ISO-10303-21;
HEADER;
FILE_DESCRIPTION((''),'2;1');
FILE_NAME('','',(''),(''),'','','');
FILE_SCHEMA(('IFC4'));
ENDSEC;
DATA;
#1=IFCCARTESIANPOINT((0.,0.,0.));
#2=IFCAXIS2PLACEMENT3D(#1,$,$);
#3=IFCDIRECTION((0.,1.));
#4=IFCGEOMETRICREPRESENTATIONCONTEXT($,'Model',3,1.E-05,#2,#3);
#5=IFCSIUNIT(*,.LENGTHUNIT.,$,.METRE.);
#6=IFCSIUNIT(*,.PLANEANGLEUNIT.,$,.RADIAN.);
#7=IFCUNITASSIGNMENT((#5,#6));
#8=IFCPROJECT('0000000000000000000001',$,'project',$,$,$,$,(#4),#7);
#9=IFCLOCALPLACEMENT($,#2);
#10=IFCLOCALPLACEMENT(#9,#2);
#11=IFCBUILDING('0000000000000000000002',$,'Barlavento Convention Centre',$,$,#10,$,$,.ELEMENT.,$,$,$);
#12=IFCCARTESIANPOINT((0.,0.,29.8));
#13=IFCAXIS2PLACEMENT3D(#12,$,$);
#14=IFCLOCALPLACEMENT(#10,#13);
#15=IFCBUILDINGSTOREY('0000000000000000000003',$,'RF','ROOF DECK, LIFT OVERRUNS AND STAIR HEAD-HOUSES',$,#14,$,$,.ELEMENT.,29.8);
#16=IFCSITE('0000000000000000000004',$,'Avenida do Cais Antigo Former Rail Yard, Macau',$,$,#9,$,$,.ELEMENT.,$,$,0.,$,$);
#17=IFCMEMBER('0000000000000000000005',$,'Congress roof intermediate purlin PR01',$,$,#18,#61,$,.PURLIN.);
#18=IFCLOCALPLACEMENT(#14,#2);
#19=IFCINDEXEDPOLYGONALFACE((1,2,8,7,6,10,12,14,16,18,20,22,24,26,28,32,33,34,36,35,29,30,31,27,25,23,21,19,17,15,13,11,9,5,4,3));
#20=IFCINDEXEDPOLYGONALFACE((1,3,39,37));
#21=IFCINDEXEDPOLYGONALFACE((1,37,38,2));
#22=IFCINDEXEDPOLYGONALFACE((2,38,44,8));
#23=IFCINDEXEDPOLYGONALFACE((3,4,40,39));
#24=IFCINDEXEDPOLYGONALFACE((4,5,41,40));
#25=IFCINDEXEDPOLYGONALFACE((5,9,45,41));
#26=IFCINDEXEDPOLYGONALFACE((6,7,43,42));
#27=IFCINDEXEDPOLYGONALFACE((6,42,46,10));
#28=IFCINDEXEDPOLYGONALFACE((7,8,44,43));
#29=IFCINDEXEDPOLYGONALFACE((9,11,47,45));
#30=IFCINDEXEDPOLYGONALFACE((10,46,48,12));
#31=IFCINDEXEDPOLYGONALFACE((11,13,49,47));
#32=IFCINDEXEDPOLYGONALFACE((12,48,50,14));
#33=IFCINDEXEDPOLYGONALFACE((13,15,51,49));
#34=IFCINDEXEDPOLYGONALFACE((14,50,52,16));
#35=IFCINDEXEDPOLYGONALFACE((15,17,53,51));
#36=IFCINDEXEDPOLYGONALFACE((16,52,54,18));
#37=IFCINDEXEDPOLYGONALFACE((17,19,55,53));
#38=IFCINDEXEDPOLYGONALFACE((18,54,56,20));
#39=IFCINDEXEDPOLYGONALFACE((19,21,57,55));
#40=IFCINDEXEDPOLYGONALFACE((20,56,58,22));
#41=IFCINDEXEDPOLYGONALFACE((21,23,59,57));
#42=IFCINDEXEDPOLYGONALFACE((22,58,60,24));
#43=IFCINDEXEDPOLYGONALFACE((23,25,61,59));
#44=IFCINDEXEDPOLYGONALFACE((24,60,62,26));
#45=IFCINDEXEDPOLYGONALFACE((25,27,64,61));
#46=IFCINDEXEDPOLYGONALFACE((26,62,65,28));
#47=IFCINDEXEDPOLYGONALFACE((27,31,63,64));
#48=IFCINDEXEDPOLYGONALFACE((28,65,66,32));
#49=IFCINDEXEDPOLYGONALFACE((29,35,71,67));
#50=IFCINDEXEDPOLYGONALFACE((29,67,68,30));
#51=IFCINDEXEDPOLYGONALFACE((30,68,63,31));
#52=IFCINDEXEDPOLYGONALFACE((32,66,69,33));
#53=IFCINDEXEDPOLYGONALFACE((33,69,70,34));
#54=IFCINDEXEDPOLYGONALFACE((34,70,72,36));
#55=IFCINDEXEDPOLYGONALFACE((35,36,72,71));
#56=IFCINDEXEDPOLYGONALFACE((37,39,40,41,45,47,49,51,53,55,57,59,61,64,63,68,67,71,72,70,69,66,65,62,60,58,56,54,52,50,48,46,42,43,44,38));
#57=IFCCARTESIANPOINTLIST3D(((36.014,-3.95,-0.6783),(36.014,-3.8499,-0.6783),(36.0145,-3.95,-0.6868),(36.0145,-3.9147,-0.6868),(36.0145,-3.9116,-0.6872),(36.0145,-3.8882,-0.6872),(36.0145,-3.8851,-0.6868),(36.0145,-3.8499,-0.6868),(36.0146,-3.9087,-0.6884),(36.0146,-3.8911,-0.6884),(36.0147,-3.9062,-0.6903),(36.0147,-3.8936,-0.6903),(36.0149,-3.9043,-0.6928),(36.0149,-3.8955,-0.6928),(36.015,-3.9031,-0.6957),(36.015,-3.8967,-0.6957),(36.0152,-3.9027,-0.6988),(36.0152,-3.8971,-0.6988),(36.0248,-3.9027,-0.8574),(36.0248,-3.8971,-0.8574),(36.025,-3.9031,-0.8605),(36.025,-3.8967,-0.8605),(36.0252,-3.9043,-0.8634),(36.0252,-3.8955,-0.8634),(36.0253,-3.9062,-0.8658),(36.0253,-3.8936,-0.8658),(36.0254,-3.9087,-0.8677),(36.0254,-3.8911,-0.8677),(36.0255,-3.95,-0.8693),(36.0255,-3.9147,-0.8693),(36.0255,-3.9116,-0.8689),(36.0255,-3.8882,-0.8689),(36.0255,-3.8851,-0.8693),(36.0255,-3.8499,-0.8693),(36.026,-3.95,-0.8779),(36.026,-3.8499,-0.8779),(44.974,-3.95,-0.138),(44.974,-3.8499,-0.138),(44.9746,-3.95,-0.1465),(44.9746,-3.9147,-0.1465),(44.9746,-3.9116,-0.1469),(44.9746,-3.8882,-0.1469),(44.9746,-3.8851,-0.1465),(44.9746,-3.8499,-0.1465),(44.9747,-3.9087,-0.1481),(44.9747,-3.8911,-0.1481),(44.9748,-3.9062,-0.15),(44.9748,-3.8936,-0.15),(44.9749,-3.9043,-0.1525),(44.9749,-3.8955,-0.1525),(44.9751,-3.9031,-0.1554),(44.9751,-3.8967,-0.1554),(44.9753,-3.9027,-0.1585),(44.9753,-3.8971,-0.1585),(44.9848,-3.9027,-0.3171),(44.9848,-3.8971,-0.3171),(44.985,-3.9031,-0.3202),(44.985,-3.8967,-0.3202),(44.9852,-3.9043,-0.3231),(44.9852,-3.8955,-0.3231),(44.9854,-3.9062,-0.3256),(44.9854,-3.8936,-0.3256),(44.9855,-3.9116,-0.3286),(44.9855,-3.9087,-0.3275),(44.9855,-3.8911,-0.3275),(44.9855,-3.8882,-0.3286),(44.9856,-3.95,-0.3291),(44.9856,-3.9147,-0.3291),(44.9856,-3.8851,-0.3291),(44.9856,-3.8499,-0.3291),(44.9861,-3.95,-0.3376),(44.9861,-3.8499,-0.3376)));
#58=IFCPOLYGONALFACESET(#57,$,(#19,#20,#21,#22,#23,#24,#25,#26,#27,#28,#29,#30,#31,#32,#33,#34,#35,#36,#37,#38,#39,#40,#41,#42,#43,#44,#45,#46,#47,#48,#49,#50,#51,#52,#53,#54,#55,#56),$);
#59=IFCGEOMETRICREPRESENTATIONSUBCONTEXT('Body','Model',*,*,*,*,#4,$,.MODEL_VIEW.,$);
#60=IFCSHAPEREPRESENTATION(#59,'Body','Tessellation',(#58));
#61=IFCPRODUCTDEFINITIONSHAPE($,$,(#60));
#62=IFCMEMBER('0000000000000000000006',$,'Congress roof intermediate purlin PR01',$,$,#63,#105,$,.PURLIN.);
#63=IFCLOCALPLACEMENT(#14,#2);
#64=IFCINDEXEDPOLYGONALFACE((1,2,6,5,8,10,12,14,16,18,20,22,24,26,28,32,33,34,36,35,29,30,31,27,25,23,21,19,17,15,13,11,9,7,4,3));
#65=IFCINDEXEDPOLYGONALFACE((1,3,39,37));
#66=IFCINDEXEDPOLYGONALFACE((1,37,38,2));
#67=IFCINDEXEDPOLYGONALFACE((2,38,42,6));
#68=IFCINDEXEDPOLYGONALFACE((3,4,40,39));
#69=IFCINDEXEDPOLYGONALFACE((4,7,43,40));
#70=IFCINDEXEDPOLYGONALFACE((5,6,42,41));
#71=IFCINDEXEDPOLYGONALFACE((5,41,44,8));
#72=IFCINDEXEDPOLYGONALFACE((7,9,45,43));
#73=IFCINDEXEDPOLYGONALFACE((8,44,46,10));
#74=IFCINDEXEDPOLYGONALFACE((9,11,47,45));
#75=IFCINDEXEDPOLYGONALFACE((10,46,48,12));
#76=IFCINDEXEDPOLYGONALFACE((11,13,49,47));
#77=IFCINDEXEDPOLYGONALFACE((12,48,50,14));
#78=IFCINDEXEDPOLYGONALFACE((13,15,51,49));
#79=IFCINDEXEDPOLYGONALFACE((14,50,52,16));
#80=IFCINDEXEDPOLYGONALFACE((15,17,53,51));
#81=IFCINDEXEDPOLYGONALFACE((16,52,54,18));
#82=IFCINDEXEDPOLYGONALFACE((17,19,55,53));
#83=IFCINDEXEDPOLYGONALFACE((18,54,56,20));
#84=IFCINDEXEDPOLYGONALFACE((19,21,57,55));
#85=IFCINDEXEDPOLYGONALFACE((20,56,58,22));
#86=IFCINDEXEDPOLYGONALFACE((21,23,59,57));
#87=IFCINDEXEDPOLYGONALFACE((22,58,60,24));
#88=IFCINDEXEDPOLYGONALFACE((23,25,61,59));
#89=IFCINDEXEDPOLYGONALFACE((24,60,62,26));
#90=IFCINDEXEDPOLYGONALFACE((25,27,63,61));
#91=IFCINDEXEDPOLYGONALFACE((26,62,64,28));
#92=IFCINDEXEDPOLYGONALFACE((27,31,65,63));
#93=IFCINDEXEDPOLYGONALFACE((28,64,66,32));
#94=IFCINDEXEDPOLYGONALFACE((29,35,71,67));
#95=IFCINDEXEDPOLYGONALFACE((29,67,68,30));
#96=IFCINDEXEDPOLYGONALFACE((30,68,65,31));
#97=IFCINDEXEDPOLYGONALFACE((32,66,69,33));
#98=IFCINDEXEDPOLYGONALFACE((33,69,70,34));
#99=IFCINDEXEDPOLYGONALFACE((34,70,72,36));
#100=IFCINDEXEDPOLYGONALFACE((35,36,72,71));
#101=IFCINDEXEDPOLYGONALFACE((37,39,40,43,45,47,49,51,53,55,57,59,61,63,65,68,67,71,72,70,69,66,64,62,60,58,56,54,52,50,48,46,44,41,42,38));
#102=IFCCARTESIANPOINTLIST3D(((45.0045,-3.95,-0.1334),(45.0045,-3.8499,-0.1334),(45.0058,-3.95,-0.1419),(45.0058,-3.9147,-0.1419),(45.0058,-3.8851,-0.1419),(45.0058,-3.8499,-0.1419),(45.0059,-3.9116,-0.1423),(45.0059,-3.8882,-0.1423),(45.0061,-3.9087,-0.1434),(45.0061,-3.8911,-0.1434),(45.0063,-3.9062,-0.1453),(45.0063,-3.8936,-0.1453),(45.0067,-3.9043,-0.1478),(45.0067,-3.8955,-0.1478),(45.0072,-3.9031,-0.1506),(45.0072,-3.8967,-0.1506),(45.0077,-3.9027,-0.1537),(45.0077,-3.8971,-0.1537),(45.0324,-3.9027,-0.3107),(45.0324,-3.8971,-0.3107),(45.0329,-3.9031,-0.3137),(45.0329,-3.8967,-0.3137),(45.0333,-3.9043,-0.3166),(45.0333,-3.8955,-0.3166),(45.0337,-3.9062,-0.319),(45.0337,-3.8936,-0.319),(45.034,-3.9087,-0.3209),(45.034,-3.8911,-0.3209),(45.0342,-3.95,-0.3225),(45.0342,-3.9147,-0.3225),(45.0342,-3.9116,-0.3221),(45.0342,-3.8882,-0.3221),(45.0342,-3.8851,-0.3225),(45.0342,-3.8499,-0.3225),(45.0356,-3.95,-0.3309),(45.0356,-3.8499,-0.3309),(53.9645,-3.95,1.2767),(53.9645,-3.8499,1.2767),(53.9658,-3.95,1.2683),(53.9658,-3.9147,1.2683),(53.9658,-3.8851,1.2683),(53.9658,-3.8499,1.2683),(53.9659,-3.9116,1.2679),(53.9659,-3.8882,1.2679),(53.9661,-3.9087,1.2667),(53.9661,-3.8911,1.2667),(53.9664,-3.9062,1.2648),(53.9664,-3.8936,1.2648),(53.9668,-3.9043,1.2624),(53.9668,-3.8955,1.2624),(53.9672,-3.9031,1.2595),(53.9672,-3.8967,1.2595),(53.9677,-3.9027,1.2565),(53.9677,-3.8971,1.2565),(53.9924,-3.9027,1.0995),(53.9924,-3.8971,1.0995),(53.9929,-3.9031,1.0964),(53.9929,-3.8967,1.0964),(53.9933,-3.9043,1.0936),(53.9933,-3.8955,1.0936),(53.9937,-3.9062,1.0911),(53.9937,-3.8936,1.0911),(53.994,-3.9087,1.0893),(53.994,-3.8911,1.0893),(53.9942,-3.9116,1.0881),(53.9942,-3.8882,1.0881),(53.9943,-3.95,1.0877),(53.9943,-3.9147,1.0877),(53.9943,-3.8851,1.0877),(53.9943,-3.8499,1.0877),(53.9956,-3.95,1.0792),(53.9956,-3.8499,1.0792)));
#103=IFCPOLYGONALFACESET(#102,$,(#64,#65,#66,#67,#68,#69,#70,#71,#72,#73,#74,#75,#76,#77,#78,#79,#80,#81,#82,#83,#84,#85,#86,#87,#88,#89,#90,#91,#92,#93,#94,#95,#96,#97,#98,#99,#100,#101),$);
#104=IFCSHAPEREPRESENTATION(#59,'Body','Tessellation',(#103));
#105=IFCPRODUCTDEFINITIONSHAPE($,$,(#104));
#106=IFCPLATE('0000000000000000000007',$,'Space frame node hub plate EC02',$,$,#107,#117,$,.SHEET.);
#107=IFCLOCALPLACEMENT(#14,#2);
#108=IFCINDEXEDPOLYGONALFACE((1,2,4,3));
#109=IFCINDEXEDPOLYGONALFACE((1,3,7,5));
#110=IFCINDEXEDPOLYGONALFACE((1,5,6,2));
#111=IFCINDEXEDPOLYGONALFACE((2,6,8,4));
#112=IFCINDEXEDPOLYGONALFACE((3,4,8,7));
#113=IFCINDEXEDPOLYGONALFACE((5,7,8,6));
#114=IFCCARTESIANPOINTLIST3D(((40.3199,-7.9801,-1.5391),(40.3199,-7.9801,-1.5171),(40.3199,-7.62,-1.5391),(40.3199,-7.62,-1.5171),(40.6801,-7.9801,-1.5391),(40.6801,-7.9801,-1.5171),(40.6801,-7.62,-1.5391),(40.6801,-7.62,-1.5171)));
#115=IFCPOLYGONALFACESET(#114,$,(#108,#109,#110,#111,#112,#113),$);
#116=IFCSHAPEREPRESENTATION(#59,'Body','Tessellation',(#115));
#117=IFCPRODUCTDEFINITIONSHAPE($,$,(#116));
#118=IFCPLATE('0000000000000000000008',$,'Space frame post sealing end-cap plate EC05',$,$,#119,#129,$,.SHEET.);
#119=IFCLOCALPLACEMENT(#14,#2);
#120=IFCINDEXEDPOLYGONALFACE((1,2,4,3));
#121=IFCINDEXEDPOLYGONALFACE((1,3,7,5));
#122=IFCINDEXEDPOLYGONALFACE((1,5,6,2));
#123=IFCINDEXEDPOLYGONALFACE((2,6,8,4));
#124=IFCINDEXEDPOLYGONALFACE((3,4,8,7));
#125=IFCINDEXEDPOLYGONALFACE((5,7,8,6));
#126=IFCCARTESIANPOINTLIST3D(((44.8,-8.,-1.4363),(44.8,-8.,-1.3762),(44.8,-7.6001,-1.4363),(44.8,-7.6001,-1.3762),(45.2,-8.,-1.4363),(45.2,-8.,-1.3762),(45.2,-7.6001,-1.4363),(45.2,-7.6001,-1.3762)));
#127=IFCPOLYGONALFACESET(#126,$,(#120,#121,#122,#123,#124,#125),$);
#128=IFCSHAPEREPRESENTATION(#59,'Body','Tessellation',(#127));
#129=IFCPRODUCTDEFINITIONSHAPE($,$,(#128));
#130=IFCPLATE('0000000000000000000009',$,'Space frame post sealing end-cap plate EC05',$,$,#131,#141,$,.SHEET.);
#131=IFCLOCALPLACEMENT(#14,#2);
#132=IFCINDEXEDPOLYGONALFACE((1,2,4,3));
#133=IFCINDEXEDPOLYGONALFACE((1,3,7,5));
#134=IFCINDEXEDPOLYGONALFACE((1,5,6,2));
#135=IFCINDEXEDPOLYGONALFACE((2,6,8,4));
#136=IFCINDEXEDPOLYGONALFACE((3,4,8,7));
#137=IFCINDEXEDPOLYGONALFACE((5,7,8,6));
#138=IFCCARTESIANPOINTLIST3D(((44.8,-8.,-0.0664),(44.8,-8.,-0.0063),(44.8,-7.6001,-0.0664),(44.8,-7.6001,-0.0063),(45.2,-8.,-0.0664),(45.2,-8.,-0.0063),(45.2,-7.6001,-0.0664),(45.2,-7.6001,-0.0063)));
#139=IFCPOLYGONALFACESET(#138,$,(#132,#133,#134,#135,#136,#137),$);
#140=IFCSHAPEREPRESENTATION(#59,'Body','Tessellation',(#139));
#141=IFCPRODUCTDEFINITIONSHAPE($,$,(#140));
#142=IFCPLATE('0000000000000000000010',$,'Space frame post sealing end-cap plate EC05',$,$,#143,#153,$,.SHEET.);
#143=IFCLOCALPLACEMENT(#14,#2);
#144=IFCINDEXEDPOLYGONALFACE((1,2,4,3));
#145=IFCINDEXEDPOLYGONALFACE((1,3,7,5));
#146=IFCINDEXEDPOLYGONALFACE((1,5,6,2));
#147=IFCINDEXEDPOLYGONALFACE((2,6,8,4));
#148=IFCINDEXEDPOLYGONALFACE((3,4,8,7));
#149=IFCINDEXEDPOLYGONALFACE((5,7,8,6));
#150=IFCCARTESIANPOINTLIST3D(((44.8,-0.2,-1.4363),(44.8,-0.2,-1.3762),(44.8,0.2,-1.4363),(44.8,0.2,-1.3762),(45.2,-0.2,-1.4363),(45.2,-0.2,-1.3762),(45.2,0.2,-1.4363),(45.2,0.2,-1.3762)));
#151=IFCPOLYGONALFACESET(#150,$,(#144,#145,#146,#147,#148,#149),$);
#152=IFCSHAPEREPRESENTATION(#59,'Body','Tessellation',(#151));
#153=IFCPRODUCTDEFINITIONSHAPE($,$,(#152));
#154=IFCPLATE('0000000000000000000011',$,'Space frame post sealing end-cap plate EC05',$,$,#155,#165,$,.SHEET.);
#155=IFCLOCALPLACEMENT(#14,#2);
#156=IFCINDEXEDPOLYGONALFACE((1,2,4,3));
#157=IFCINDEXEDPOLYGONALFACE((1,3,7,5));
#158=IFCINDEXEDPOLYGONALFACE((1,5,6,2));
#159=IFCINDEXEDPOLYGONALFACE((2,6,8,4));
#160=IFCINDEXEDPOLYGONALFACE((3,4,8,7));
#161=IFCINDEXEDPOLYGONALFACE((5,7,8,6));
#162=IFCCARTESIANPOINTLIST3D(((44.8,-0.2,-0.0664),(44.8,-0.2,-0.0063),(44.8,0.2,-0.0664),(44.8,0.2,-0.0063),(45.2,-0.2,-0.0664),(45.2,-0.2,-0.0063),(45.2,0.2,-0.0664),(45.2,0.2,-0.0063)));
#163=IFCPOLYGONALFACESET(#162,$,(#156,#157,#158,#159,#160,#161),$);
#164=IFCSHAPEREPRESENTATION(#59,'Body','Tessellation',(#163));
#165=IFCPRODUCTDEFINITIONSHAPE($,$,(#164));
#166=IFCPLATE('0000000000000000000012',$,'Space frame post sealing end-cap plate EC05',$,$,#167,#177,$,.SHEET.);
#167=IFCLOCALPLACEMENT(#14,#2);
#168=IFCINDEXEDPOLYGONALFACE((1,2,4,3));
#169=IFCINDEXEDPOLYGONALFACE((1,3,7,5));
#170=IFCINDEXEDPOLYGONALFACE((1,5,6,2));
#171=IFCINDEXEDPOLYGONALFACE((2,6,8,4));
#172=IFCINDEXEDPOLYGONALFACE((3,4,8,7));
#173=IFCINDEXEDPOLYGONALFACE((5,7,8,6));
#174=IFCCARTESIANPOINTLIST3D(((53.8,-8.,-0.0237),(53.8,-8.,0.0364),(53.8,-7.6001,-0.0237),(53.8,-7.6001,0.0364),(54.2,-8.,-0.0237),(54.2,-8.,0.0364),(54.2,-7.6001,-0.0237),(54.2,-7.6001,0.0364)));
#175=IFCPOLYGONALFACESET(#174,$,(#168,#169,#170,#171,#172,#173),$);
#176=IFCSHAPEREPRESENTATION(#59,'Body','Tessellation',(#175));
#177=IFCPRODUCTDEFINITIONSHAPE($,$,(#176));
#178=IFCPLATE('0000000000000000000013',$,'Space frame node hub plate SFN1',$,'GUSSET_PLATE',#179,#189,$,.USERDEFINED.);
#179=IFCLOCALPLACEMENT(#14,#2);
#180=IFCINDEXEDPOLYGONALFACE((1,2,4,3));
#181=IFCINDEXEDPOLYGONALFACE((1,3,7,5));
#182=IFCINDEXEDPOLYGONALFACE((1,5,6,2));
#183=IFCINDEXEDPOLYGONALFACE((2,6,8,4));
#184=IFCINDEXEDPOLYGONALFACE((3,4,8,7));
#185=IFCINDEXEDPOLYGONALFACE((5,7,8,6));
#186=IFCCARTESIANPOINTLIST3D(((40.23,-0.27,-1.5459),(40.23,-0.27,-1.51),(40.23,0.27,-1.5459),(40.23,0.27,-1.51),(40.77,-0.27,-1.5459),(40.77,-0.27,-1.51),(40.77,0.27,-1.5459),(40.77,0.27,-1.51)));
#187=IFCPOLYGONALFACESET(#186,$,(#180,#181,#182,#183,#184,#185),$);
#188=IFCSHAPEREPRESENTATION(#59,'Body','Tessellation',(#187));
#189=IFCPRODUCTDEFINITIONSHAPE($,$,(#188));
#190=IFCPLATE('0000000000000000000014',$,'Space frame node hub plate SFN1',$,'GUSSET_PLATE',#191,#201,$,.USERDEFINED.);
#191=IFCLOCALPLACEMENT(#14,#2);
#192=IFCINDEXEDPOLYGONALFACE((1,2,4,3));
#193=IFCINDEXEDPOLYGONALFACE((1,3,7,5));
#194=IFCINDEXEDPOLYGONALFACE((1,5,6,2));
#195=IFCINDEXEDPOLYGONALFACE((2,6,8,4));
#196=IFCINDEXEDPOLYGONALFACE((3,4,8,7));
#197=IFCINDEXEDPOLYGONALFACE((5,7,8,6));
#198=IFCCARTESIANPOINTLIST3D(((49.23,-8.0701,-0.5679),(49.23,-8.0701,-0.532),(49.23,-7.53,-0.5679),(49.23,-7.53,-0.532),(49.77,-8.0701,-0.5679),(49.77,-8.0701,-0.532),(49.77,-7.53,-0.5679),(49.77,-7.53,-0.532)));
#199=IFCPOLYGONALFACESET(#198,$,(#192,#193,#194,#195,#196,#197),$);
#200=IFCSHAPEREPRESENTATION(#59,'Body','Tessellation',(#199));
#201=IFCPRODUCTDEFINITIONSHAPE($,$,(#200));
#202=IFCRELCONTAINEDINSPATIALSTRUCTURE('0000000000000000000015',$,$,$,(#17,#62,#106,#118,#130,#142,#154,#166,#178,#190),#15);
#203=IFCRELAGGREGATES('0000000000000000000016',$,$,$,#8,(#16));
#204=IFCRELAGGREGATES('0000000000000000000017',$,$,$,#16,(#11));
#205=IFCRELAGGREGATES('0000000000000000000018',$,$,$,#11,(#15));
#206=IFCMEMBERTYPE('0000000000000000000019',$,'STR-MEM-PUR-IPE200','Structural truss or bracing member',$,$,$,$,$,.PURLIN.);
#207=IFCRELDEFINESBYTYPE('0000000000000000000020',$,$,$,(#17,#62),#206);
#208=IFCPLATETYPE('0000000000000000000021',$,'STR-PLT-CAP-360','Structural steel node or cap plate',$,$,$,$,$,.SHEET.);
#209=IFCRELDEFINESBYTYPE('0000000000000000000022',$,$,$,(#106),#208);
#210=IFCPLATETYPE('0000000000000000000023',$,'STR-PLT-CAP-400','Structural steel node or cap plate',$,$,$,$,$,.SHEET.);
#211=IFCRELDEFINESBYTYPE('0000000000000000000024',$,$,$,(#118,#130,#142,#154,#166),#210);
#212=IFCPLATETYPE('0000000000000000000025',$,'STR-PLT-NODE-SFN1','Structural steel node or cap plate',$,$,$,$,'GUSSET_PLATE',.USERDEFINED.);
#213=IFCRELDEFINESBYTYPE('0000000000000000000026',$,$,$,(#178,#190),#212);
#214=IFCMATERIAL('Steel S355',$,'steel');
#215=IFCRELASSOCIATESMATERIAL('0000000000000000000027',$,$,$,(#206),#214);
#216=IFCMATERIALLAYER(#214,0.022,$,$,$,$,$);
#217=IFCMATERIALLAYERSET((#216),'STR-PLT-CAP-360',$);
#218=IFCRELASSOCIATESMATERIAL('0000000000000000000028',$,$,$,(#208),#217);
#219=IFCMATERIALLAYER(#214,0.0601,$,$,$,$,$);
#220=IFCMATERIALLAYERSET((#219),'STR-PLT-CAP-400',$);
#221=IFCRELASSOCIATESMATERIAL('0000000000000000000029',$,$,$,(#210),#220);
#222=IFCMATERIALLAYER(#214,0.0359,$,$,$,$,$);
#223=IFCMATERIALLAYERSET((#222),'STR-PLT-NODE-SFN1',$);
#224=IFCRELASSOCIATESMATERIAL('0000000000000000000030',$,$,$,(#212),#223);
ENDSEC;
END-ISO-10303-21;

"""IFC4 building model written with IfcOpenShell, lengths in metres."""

from ifc_helpers import new_model, si_unit, direction, frame, origin, origin_2d, place, context, subcontext, project, spatial, rectangle, i_section, extrude, material, layer, layer_set, material_profile, profile_set, type_object, element, save


model = new_model("IFC4")

# Units and contexts
model_context = context("Model", 3, precision=1e-05, world=origin(), true_north=direction((0.0, 1.0)))
body_context = subcontext(model_context, "Body", "Model", "MODEL_VIEW")
ifc_project = project(units=[si_unit("LENGTHUNIT", "METRE"), si_unit("PLANEANGLEUNIT", "RADIAN")], contexts=[model_context])

# Site, building, storey
site_placement = place(None, origin())
site = spatial("IfcSite", under=ifc_project, at=site_placement, Name="Avenida do Cais Antigo Former Rail Yard, Macau", CompositionType="ELEMENT", RefElevation=0.0)
building_placement = place(site_placement, origin())
building = spatial("IfcBuilding", under=site, at=building_placement, Name="Barlavento Convention Centre", CompositionType="ELEMENT")
storey_placement = place(building_placement, frame((0.0, 0.0, 29.8)))
storey = spatial("IfcBuildingStorey", under=building, at=storey_placement, Name="RF", Description="ROOF DECK, LIFT OVERRUNS AND STAIR HEAD-HOUSES", CompositionType="ELEMENT", Elevation=29.8)

# Shared definitions
ifc_material_1 = material(Name="Steel S355", Category="steel")

# Members
ifc_material_profile_1 = material_profile(ifc_material_1, i_section(OverallWidth=0.1001, OverallDepth=0.2, WebThickness=0.0056, FlangeThickness=0.0085, FilletRadius=0.012, at=origin_2d()), Name="IPE 200")
ifc_profile_set_1 = profile_set([ifc_material_profile_1], Name="Steel S355")
member_type_1 = type_object("IfcMemberType", Name="STR-MEM-PUR-IPE200", Description="Structural truss or bracing member", PredefinedType="PURLIN", material=ifc_profile_set_1)
member_1_placement = place(storey_placement, frame((36.02, -3.8999, -0.7781), z_axis=(0.998187, 0.0, 0.06019), x_axis=(0.0, 1.0, 0.0)))
element("IfcMember", 1, at=member_1_placement, inside=storey, type_object=member_type_1, Name="Congress roof intermediate purlin PR01", PredefinedType="PURLIN", context=body_context, shape_type="SweptSolid", body=[
    extrude(i_section(OverallWidth=0.1001, OverallDepth=0.2, WebThickness=0.0056, FlangeThickness=0.0085, FilletRadius=0.012, at=origin_2d()), origin(), (0.0, 0.0, 1.0), 8.9763),
])
member_2_placement = place(storey_placement, frame((45.02, -3.8999, -0.2322), z_axis=(0.987841, 0.0, 0.15547), x_axis=(0.0, 1.0, 0.0)))
element("IfcMember", 2, at=member_2_placement, inside=storey, type_object=member_type_1, Name="Congress roof intermediate purlin PR01", PredefinedType="PURLIN", context=body_context, shape_type="SweptSolid", body=[
    extrude(i_section(OverallWidth=0.1001, OverallDepth=0.2, WebThickness=0.0056, FlangeThickness=0.0085, FilletRadius=0.012, at=origin_2d()), origin(), (0.0, 0.0, 1.0), 9.0703),
])

# Plates
ifc_layer_1 = layer(ifc_material_1, 0.022)
ifc_layer_set_1 = layer_set([ifc_layer_1], Name="STR-PLT-CAP-360")
plate_type_1 = type_object("IfcPlateType", Name="STR-PLT-CAP-360", Description="Structural steel node or cap plate", PredefinedType="SHEET", material=ifc_layer_set_1)
plate_1_placement = place(storey_placement, frame((40.5, -7.8, -1.5391), z_axis=(0.0, 0.0, 1.0), x_axis=(1.0, 0.0, 0.0)))
element("IfcPlate", 3, at=plate_1_placement, inside=storey, type_object=plate_type_1, Name="Space frame node hub plate EC02", PredefinedType="SHEET", context=body_context, shape_type="SweptSolid", body=[
    extrude(rectangle(XDim=0.3601, YDim=0.3601, at=origin_2d()), origin(), (0.0, 0.0, 1.0), 0.022),
])
ifc_layer_2 = layer(ifc_material_1, 0.0601)
ifc_layer_set_2 = layer_set([ifc_layer_2], Name="STR-PLT-CAP-400")
plate_type_2 = type_object("IfcPlateType", Name="STR-PLT-CAP-400", Description="Structural steel node or cap plate", PredefinedType="SHEET", material=ifc_layer_set_2)
for number, where, z_axis, x_axis, name in (
    (4, (45.0, -7.8, -1.4363), (0.0, 0.0, 1.0), (1.0, 0.0, 0.0), "Space frame post sealing end-cap plate EC05"),
    (5, (45.0, -7.8, -0.0664), (0.0, 0.0, 1.0), (1.0, 0.0, 0.0), "Space frame post sealing end-cap plate EC05"),
    (6, (45.0, 0.0, -1.4363), (0.0, 0.0, 1.0), (1.0, 0.0, 0.0), "Space frame post sealing end-cap plate EC05"),
    (7, (45.0, 0.0, -0.0664), (0.0, 0.0, 1.0), (1.0, 0.0, 0.0), "Space frame post sealing end-cap plate EC05"),
    (8, (54.0, -7.8, -0.0237), (0.0, 0.0, 1.0), (1.0, 0.0, 0.0), "Space frame post sealing end-cap plate EC05"),
):
    element("IfcPlate", number, at=place(storey_placement, frame(where, z_axis=z_axis, x_axis=x_axis)), inside=storey, type_object=plate_type_2, Name=name, PredefinedType="SHEET", context=body_context, shape_type="SweptSolid", body=[
        extrude(rectangle(XDim=0.3999, YDim=0.3999, at=origin_2d()), origin(), (0.0, 0.0, 1.0), 0.0601),
    ])
ifc_layer_3 = layer(ifc_material_1, 0.0359)
ifc_layer_set_3 = layer_set([ifc_layer_3], Name="STR-PLT-NODE-SFN1")
plate_type_3 = type_object("IfcPlateType", Name="STR-PLT-NODE-SFN1", Description="Structural steel node or cap plate", ElementType="GUSSET_PLATE", PredefinedType="USERDEFINED", material=ifc_layer_set_3)
for number, where, z_axis, x_axis, name in (
    (9, (40.5, 0.0, -1.5459), (0.0, 0.0, 1.0), (1.0, 0.0, 0.0), "Space frame node hub plate SFN1"),
    (10, (49.5, -7.8, -0.5679), (0.0, 0.0, 1.0), (1.0, 0.0, 0.0), "Space frame node hub plate SFN1"),
):
    element("IfcPlate", number, at=place(storey_placement, frame(where, z_axis=z_axis, x_axis=x_axis)), inside=storey, type_object=plate_type_3, Name=name, ObjectType="GUSSET_PLATE", PredefinedType="USERDEFINED", context=body_context, shape_type="SweptSolid", body=[
        extrude(rectangle(XDim=0.54, YDim=0.54, at=origin_2d()), origin(), (0.0, 0.0, 1.0), 0.0359),
    ])

save(model, "model.ifc")
